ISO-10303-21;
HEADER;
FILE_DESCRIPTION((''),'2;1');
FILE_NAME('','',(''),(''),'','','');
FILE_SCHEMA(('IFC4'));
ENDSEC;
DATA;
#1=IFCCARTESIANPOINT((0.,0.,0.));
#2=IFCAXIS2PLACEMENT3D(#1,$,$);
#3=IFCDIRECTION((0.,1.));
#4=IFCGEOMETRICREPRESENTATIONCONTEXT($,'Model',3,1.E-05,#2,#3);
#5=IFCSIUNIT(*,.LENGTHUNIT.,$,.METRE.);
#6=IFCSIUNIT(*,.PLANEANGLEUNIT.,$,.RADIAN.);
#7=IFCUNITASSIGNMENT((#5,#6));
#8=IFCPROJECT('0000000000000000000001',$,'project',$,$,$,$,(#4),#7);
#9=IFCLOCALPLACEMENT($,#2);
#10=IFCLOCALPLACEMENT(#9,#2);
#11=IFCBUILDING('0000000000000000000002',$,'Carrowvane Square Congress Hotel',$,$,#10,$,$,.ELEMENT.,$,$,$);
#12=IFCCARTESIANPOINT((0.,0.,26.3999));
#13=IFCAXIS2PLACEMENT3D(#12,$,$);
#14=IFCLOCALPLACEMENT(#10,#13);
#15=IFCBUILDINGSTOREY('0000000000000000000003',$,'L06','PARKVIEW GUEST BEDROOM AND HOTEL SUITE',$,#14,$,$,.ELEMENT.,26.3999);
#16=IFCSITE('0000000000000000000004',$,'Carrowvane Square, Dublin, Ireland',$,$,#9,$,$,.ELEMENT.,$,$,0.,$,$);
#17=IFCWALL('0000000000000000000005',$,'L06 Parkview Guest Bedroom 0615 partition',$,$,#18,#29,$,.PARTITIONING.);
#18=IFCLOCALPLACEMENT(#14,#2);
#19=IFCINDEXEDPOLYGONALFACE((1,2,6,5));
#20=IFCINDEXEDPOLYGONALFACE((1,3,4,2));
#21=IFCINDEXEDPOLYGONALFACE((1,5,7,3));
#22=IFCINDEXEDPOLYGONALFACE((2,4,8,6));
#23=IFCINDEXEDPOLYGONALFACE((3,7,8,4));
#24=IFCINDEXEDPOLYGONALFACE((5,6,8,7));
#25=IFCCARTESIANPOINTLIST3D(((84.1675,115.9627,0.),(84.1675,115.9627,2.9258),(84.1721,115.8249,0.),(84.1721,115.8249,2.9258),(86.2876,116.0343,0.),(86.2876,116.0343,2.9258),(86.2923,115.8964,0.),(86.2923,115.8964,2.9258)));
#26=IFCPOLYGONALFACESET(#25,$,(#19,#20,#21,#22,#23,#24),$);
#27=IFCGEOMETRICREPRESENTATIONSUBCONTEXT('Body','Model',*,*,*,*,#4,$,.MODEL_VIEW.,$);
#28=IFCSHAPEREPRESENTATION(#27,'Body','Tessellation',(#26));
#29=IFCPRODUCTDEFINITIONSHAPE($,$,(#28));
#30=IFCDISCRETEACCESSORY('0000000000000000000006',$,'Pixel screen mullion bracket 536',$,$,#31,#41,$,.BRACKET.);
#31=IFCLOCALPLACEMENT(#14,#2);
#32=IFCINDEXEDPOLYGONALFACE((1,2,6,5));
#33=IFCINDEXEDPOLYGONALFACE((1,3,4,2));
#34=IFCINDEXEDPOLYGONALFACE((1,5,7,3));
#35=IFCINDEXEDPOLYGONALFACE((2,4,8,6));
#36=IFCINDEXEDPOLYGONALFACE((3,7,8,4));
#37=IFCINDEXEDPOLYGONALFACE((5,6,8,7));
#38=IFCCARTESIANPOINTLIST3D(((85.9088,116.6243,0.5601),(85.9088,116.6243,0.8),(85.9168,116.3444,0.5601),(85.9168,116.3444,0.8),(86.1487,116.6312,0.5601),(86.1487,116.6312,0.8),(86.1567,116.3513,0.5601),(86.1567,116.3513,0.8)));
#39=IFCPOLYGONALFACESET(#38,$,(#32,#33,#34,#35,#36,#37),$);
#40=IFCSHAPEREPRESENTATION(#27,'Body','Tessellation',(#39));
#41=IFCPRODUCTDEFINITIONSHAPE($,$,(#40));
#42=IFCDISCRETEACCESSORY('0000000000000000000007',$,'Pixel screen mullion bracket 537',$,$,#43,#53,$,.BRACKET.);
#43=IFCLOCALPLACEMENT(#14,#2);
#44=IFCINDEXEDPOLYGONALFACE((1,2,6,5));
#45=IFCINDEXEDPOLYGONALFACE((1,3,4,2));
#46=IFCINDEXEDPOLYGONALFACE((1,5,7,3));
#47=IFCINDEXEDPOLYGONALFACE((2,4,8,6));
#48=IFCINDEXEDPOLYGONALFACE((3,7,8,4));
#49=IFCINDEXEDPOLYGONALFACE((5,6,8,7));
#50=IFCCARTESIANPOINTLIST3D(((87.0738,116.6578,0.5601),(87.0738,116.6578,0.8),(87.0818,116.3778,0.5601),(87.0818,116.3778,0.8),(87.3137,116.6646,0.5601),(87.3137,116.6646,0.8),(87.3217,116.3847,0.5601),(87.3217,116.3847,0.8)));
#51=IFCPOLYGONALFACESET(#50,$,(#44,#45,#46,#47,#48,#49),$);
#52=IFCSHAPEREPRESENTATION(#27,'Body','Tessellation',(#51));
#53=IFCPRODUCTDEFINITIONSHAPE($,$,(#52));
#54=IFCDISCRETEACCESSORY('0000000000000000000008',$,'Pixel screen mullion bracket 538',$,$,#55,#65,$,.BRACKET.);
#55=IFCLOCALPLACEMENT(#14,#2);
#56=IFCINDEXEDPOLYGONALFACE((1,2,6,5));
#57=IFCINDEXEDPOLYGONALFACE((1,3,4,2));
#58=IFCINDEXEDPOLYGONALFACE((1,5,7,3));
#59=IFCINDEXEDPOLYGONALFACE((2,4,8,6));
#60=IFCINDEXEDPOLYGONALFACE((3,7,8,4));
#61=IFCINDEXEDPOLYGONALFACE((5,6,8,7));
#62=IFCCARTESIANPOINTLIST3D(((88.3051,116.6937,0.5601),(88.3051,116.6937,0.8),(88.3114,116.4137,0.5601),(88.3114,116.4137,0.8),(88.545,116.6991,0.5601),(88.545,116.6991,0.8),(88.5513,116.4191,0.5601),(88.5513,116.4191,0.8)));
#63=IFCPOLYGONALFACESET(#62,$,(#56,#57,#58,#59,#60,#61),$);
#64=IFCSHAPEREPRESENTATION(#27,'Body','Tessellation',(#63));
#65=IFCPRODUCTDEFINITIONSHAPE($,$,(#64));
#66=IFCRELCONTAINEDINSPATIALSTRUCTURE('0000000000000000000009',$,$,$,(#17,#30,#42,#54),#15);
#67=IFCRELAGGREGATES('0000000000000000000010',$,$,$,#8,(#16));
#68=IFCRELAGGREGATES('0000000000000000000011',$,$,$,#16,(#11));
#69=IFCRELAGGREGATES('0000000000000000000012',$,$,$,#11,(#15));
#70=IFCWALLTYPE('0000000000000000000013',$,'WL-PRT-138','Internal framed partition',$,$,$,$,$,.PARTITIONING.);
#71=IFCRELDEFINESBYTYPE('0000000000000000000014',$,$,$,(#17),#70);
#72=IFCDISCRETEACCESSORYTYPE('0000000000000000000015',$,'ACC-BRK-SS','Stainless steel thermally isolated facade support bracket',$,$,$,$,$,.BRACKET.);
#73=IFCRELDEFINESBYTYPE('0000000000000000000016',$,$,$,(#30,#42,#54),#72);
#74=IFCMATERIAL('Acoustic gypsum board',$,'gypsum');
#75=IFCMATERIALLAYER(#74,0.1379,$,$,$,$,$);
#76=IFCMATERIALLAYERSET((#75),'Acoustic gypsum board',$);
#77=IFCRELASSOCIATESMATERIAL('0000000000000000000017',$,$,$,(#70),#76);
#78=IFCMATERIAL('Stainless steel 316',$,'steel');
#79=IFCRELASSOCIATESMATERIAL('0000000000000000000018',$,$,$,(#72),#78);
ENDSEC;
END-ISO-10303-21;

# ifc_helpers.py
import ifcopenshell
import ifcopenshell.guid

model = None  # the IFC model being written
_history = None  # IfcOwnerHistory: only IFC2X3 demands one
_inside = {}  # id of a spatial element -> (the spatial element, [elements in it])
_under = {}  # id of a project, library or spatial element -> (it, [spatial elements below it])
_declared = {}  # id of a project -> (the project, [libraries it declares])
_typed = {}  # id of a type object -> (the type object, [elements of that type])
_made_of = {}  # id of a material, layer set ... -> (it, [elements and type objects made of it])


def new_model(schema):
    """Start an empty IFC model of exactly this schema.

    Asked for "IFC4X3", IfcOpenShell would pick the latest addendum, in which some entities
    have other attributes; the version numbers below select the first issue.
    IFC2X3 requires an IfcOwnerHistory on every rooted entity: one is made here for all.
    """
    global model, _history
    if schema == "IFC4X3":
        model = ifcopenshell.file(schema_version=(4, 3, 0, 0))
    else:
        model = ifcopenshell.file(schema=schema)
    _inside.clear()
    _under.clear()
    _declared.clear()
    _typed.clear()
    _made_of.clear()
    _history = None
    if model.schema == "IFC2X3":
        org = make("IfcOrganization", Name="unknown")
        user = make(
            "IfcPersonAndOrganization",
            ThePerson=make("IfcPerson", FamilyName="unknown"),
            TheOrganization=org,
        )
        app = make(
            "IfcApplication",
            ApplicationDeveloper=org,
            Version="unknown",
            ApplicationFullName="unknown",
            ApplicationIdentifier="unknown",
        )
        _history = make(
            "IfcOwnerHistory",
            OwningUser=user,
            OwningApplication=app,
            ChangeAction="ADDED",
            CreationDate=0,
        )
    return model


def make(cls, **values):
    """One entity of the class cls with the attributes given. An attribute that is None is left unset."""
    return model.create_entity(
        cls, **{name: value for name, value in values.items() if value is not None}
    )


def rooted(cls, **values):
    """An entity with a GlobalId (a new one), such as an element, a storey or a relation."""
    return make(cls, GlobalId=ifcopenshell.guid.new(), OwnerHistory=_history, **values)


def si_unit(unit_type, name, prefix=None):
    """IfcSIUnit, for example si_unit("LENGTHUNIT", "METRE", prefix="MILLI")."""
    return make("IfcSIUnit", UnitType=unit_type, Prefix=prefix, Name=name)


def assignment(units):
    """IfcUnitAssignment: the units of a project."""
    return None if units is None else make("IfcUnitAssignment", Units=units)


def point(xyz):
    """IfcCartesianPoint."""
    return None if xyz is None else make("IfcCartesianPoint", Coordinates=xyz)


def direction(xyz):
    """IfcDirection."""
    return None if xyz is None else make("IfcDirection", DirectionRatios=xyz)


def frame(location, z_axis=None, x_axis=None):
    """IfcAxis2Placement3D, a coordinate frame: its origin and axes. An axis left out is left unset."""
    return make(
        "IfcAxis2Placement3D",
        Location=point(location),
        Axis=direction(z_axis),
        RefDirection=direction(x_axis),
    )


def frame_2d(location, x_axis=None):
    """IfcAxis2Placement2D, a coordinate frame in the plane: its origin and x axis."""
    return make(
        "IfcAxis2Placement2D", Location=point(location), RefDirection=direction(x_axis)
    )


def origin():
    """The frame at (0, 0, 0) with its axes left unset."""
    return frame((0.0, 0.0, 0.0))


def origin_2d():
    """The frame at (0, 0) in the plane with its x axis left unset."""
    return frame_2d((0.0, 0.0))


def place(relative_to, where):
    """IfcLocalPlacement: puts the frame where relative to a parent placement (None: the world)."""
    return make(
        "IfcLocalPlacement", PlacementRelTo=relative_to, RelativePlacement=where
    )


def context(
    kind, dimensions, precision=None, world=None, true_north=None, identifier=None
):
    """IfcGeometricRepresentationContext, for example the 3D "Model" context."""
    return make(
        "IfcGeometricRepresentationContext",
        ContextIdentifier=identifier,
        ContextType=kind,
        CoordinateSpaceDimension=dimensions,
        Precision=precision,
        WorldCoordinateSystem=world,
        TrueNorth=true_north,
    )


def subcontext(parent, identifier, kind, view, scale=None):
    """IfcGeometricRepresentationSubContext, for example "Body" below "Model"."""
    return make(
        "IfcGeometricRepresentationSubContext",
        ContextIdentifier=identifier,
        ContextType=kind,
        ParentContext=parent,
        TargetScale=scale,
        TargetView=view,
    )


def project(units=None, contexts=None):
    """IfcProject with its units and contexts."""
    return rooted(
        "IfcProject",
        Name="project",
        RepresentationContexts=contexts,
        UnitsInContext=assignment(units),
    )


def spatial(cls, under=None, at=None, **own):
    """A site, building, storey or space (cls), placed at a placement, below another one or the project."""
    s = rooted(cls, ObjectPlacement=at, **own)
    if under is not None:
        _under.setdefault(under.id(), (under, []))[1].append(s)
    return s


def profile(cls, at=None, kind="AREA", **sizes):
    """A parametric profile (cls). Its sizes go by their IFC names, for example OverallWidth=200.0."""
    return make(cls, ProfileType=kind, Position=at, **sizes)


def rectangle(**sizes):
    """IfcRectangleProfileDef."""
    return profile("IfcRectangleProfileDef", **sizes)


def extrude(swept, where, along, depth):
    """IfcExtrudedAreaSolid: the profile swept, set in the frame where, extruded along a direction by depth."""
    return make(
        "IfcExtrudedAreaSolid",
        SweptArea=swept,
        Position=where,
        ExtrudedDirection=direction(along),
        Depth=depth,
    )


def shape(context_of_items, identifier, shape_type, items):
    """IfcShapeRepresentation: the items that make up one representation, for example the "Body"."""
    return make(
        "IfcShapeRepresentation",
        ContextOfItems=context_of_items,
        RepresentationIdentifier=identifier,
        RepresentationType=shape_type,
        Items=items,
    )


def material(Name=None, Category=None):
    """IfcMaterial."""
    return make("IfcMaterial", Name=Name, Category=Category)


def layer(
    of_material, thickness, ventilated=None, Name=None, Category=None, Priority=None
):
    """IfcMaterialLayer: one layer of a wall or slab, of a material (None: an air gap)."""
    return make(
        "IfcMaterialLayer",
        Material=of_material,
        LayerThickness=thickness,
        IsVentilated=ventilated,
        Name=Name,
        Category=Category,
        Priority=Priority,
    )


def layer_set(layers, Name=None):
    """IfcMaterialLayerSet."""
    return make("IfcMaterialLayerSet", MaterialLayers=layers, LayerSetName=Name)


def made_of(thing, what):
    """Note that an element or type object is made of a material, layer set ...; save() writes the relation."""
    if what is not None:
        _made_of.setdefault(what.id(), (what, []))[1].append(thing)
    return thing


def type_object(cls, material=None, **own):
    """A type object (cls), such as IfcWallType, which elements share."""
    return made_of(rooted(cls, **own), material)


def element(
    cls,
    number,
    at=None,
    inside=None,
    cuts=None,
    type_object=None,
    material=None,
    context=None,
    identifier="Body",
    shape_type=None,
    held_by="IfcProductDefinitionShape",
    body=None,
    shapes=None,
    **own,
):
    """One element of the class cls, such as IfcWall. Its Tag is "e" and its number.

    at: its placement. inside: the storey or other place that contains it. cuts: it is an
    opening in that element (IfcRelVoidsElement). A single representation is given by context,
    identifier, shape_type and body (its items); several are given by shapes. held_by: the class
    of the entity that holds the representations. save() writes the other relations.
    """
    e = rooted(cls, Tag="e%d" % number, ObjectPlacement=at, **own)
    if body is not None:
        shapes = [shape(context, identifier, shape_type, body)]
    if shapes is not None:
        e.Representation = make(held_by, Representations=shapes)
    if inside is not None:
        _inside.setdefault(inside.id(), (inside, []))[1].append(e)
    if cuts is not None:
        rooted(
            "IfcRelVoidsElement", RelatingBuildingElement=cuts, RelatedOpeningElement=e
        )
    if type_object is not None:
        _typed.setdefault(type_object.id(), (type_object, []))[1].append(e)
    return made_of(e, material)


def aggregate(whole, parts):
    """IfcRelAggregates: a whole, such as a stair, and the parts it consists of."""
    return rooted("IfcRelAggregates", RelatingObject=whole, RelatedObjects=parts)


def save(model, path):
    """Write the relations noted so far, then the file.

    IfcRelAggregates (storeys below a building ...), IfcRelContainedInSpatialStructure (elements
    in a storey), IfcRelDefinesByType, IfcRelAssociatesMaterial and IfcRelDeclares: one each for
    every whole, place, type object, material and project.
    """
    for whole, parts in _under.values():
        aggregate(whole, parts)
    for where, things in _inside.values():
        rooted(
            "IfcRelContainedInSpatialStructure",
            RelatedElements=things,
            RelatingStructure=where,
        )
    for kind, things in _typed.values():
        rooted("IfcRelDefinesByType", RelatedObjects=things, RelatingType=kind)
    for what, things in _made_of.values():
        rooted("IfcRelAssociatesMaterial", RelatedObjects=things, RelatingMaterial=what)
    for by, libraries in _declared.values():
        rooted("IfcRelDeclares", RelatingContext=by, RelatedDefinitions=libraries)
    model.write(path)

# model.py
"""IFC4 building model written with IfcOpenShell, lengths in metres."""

from ifc_helpers import new_model, si_unit, direction, frame, frame_2d, origin, origin_2d, place, context, subcontext, project, spatial, rectangle, extrude, material, layer, layer_set, type_object, element, save


model = new_model("IFC4")

# Units and contexts
model_context = context("Model", 3, precision=1e-05, world=origin(), true_north=direction((0.0, 1.0)))
body_context = subcontext(model_context, "Body", "Model", "MODEL_VIEW")
ifc_project = project(units=[si_unit("LENGTHUNIT", "METRE"), si_unit("PLANEANGLEUNIT", "RADIAN")], contexts=[model_context])

# Site, building, storey
site_placement = place(None, origin())
site = spatial("IfcSite", under=ifc_project, at=site_placement, Name="Carrowvane Square, Dublin, Ireland", CompositionType="ELEMENT", RefElevation=0.0)
building_placement = place(site_placement, origin())
building = spatial("IfcBuilding", under=site, at=building_placement, Name="Carrowvane Square Congress Hotel", CompositionType="ELEMENT")
storey_placement = place(building_placement, frame((0.0, 0.0, 26.3999)))
storey = spatial("IfcBuildingStorey", under=building, at=storey_placement, Name="L06", Description="PARKVIEW GUEST BEDROOM AND HOTEL SUITE", CompositionType="ELEMENT", Elevation=26.3999)

# Wall
ifc_material_1 = material(Name="Acoustic gypsum board", Category="gypsum")
ifc_layer_1 = layer(ifc_material_1, 0.1379)
ifc_layer_set_1 = layer_set([ifc_layer_1], Name="Acoustic gypsum board")
wall_type_1 = type_object("IfcWallType", Name="WL-PRT-138", Description="Internal framed partition", PredefinedType="PARTITIONING", material=ifc_layer_set_1)
wall_1_placement = place(storey_placement, frame((84.1699, 115.8938, 0.0), z_axis=(0.0, 0.0, 1.0), x_axis=(0.999431, 0.033721, 0.0)))
element("IfcWall", 1, at=wall_1_placement, inside=storey, type_object=wall_type_1, Name="L06 Parkview Guest Bedroom 0615 partition", PredefinedType="PARTITIONING", context=body_context, shape_type="SweptSolid", body=[
    extrude(rectangle(XDim=2.1213, YDim=0.1379, at=frame_2d((1.0605, 0.0))), origin(), (0.0, 0.0, 1.0), 2.9258),
])

# Discrete accessories
ifc_material_2 = material(Name="Stainless steel 316", Category="steel")
discrete_accessory_type = type_object("IfcDiscreteAccessoryType", Name="ACC-BRK-SS", Description="Stainless steel thermally isolated facade support bracket", PredefinedType="BRACKET", material=ifc_material_2)
for number, where, z_axis, x_axis, name in (
    (2, (86.0327, 116.4878, 0.5601), (0.0, 0.0, 1.0), (0.99959, 0.028639, 0.0), "Pixel screen mullion bracket 536"),
    (3, (87.1978, 116.5212, 0.5601), (0.0, 0.0, 1.0), (0.99959, 0.028639, 0.0), "Pixel screen mullion bracket 537"),
    (4, (88.4282, 116.5564, 0.5601), (0.0, 0.0, 1.0), (0.999746, 0.022519, 0.0), "Pixel screen mullion bracket 538"),
):
    element("IfcDiscreteAccessory", number, at=place(storey_placement, frame(where, z_axis=z_axis, x_axis=x_axis)), inside=storey, type_object=discrete_accessory_type, Name=name, PredefinedType="BRACKET", context=body_context, shape_type="SweptSolid", body=[
        extrude(rectangle(XDim=0.24, YDim=0.28, at=origin_2d()), origin(), (0.0, 0.0, 1.0), 0.24),
    ])

save(model, "model.ifc")
